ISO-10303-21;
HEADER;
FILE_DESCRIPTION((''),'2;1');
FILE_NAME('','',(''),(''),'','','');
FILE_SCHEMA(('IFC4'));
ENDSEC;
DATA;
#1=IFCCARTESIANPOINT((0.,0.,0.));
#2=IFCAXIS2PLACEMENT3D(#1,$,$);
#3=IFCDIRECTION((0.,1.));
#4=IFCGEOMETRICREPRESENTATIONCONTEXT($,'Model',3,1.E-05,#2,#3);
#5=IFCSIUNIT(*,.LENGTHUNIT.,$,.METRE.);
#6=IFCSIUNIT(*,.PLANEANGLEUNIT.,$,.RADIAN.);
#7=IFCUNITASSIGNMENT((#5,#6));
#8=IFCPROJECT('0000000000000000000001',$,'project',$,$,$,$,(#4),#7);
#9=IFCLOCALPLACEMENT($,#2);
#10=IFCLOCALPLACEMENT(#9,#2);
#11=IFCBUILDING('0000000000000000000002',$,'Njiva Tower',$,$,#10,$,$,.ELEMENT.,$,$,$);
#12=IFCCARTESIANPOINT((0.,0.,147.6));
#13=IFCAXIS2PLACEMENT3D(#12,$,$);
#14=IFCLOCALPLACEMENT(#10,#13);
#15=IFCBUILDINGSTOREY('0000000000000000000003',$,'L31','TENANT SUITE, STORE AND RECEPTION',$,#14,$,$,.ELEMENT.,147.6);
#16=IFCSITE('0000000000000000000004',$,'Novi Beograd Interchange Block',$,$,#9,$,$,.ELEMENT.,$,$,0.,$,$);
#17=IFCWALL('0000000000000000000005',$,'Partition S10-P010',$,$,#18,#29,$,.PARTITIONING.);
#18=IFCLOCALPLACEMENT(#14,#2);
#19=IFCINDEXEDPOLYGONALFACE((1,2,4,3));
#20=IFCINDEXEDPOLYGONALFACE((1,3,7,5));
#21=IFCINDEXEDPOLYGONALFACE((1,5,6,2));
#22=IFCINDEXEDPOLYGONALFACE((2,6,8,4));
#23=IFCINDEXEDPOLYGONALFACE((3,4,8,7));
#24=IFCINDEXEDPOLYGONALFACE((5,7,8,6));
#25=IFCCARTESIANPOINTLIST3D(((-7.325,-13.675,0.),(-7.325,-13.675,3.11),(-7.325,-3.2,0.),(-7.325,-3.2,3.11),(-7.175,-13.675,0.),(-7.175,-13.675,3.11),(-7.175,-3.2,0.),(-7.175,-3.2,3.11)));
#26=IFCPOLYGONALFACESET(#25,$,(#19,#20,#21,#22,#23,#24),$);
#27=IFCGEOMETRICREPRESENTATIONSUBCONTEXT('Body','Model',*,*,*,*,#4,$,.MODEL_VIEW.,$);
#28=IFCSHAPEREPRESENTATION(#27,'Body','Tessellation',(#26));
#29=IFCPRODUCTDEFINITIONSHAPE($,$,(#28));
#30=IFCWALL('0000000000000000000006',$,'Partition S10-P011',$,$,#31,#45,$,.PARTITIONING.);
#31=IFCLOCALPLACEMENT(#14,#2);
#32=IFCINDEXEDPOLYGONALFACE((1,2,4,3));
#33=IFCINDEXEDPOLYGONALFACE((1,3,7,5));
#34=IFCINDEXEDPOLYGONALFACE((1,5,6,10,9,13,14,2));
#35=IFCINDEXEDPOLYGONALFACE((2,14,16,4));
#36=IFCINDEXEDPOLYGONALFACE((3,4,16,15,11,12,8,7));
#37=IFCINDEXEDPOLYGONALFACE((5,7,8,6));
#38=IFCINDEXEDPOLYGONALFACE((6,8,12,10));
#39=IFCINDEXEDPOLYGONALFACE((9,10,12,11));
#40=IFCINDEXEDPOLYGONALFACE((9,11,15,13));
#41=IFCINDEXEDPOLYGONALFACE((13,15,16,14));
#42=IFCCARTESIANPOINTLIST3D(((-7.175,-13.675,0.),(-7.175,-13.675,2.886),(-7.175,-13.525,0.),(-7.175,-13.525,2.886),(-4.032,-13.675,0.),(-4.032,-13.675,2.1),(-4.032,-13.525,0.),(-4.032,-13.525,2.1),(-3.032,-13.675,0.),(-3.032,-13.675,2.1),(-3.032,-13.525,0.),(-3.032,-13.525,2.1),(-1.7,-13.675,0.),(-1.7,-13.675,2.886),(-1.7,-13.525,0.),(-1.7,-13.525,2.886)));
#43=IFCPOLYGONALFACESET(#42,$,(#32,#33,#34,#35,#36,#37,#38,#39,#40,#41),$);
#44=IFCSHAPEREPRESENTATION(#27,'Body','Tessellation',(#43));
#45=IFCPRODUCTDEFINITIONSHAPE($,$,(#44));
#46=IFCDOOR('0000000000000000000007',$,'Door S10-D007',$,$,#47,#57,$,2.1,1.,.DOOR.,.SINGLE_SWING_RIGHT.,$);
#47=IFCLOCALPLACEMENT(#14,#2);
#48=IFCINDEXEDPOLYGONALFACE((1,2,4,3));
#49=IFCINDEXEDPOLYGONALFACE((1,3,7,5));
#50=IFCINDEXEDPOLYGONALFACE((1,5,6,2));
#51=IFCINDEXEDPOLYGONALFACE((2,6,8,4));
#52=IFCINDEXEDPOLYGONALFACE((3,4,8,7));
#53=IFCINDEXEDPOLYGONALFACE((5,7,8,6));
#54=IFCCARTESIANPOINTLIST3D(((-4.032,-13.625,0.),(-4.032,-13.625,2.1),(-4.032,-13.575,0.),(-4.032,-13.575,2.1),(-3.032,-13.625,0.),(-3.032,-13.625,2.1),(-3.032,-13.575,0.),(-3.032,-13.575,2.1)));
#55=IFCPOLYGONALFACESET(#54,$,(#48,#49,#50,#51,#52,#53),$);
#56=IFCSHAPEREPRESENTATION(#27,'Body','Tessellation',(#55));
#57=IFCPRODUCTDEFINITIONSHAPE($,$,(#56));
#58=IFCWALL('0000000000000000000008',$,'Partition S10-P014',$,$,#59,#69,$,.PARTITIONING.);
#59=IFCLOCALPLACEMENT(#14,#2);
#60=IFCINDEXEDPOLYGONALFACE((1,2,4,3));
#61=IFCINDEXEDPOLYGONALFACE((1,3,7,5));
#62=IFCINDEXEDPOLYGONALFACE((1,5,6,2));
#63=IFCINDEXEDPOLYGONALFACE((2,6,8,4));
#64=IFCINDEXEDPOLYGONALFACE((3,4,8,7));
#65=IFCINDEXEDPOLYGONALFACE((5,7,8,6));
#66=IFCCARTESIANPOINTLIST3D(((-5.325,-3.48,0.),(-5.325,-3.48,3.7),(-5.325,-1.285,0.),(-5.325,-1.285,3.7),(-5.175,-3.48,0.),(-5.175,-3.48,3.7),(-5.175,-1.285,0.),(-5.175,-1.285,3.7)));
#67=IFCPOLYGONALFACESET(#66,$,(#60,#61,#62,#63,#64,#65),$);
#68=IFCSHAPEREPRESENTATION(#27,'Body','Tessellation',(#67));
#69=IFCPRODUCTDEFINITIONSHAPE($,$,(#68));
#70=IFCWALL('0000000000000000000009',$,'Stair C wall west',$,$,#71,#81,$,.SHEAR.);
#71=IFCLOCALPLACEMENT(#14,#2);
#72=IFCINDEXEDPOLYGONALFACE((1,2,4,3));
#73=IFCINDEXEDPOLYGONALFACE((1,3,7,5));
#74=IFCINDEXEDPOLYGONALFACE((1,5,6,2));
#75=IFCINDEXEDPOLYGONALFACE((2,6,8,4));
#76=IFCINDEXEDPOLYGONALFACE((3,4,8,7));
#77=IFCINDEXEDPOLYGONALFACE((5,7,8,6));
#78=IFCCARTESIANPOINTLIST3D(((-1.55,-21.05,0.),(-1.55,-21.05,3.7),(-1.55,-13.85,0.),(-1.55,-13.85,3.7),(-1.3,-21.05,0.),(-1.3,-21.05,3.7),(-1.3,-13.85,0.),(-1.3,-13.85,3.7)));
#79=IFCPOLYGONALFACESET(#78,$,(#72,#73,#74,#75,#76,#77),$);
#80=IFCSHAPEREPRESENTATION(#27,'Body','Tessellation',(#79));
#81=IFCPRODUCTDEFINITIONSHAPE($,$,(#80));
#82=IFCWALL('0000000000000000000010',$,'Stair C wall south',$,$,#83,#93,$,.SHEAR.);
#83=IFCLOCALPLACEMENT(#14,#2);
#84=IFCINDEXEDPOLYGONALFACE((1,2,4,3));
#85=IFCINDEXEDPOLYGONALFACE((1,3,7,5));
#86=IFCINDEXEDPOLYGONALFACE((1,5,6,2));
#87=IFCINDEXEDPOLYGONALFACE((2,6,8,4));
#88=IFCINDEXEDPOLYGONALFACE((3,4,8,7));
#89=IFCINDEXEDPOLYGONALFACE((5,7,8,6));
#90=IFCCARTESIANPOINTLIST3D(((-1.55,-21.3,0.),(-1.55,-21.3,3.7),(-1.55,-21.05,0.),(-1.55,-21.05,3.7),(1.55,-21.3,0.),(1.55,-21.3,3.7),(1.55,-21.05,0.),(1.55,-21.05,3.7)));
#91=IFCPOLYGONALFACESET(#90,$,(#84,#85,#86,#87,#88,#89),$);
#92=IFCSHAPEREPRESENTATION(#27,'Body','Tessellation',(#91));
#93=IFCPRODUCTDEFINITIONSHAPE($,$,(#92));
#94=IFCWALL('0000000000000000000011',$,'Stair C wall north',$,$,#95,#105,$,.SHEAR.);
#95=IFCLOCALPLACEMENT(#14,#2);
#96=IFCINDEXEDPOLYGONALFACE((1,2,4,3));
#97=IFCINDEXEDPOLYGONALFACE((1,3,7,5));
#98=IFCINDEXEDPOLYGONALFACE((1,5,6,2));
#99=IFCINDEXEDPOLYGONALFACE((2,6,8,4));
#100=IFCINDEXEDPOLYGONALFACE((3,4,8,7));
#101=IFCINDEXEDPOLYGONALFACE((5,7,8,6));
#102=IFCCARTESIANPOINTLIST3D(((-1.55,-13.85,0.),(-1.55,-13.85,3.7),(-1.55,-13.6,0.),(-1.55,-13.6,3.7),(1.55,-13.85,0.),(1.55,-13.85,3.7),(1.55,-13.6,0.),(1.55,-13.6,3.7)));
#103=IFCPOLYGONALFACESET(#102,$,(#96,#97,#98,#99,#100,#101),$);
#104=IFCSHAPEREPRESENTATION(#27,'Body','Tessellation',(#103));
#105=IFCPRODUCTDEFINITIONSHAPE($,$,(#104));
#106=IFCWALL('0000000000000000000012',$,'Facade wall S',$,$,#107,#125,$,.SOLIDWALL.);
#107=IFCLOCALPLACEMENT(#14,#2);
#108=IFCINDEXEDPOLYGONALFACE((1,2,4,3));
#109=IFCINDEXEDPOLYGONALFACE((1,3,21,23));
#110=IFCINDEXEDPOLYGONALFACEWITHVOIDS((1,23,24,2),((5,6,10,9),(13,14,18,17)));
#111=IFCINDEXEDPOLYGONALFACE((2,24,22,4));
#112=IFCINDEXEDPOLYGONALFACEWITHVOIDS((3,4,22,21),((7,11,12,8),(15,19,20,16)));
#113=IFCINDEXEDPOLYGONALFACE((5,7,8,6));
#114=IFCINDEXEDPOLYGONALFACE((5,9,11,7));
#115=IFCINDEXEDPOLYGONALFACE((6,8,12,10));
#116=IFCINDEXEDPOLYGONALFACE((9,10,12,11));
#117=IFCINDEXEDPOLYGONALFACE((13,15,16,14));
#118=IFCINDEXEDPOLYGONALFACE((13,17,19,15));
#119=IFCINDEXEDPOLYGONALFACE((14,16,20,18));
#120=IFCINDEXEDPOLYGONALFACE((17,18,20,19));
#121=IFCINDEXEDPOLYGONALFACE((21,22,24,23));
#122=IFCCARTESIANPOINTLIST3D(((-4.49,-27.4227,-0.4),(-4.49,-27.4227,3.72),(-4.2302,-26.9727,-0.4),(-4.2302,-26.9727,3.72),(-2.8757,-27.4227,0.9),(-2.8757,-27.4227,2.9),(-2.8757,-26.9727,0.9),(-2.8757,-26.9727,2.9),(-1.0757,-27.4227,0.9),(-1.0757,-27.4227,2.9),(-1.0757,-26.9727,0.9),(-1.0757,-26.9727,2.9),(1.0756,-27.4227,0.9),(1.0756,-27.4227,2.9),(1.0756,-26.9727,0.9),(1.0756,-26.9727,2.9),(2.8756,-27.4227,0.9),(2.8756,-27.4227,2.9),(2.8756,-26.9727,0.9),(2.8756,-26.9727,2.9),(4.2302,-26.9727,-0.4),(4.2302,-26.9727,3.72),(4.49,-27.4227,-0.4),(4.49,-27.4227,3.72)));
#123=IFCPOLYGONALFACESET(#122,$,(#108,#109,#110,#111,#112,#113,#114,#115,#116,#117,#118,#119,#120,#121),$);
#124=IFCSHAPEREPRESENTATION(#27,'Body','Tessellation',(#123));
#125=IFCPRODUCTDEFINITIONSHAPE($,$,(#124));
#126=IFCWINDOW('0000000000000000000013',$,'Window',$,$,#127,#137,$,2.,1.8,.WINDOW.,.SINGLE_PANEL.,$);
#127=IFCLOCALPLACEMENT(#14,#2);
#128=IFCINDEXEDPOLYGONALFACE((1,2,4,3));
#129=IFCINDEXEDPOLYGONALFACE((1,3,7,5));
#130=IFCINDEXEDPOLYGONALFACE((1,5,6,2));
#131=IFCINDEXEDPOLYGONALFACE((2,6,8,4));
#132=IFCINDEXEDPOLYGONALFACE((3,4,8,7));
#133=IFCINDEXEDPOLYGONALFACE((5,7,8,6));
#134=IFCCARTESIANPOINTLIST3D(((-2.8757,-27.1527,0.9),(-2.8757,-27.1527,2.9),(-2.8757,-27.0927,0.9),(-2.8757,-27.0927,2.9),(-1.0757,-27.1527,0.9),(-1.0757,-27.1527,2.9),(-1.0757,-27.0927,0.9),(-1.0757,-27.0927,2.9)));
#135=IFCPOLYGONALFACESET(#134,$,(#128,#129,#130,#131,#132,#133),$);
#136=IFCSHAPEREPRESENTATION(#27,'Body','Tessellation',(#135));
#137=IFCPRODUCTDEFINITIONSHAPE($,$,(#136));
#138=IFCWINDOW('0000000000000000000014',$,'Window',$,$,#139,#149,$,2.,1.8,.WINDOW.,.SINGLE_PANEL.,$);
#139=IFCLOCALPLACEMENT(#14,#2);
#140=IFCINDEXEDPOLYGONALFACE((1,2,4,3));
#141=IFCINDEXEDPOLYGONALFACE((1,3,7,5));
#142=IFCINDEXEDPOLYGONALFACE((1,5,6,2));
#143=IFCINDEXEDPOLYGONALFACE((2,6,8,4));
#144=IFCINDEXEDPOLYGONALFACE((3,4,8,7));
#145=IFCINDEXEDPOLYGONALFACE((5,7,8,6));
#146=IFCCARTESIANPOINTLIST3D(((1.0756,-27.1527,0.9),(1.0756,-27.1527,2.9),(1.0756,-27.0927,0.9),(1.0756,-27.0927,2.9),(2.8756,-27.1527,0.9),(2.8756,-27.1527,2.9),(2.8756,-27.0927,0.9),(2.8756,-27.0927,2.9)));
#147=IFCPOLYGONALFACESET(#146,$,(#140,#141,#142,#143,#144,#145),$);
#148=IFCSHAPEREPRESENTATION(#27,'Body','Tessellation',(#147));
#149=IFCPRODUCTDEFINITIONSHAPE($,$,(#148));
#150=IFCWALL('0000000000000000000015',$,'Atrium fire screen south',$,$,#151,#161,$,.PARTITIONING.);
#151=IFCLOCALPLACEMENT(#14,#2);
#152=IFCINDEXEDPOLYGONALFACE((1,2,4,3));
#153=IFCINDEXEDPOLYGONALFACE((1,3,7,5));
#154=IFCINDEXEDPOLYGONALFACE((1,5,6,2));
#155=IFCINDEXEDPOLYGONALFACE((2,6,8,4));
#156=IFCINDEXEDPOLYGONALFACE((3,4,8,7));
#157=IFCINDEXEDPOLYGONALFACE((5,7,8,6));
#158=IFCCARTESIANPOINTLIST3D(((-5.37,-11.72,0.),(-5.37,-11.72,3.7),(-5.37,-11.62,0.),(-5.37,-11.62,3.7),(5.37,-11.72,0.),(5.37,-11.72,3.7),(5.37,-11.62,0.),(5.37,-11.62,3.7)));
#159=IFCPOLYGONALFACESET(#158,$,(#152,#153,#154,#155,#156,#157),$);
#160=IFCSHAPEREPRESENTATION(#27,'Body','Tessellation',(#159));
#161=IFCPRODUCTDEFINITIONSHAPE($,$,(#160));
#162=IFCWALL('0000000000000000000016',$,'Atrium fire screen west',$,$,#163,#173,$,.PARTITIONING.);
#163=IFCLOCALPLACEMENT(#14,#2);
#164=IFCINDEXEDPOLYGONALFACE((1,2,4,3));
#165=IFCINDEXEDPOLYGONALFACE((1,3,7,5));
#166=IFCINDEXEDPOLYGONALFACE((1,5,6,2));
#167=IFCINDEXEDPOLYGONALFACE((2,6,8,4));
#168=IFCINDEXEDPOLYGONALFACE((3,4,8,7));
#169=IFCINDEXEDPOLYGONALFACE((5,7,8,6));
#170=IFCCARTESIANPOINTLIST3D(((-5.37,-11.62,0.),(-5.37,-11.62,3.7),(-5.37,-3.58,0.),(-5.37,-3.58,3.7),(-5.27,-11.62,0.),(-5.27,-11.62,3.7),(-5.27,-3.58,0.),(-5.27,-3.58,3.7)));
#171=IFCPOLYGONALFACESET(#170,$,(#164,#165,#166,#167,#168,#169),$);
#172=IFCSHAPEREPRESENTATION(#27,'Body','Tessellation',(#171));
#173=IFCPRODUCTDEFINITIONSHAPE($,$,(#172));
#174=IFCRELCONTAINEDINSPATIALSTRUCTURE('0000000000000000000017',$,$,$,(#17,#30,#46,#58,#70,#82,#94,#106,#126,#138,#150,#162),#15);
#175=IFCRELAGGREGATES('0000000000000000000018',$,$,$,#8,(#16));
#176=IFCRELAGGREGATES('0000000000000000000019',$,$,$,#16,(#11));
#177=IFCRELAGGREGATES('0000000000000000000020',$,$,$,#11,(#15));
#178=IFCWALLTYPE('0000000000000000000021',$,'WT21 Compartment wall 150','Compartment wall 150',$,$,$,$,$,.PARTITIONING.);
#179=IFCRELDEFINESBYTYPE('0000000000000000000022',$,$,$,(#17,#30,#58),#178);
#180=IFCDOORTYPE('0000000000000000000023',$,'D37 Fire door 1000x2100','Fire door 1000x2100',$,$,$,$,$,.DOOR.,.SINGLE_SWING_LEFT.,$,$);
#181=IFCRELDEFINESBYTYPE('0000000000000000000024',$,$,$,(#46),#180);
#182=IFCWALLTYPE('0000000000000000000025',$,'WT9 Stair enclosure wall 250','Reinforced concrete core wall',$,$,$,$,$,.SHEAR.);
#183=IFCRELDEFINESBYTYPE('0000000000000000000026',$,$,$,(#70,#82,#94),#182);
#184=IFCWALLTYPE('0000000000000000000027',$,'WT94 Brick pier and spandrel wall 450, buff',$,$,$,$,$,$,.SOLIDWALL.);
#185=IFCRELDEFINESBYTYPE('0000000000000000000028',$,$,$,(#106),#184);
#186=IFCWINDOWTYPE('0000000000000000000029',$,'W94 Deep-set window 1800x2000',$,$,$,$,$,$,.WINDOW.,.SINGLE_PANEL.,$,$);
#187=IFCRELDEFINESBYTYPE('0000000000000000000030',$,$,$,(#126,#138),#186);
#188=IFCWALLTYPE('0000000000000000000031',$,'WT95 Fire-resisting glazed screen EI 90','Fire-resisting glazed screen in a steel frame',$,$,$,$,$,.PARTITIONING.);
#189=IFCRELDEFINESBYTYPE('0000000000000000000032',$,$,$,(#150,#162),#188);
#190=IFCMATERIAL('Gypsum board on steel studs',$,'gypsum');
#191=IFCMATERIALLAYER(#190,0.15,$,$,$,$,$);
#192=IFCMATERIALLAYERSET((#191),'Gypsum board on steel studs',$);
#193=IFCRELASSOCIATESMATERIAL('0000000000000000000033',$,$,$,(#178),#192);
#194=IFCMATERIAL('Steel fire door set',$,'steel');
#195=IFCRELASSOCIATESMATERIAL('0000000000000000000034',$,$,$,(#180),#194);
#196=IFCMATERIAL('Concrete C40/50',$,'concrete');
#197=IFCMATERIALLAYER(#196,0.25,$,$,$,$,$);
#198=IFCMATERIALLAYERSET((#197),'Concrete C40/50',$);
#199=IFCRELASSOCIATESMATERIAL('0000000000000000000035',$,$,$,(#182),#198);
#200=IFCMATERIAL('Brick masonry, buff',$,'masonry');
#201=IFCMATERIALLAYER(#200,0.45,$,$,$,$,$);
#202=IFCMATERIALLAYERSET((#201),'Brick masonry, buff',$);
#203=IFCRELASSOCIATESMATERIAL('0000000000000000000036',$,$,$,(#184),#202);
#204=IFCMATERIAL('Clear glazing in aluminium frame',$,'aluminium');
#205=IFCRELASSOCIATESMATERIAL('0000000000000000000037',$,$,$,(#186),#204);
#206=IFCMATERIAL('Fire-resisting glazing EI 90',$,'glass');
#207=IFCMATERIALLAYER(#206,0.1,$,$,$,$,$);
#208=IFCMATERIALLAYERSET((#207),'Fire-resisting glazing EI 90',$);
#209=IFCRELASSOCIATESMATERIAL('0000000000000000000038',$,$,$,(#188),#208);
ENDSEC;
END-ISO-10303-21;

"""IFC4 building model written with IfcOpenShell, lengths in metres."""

from ifc_helpers import new_model, si_unit, direction, frame, frame_2d, origin, place, context, subcontext, project, spatial, polyline, rectangle, outline, extrude, material, layer, layer_set, type_object, element, fill, save


model = new_model("IFC4")

# Units and contexts
model_context = context("Model", 3, precision=1e-05, world=origin(), true_north=direction((0.0, 1.0)))
body_context = subcontext(model_context, "Body", "Model", "MODEL_VIEW")
ifc_project = project(units=[si_unit("LENGTHUNIT", "METRE"), si_unit("PLANEANGLEUNIT", "RADIAN")], contexts=[model_context])

# Site, building, storey
site_placement = place(None, origin())
site = spatial("IfcSite", under=ifc_project, at=site_placement, Name="Novi Beograd Interchange Block", CompositionType="ELEMENT", RefElevation=0.0)
building_placement = place(site_placement, origin())
building = spatial("IfcBuilding", under=site, at=building_placement, Name="Njiva Tower", CompositionType="ELEMENT")
storey_placement = place(building_placement, frame((0.0, 0.0, 147.6)))
storey = spatial("IfcBuildingStorey", under=building, at=storey_placement, Name="L31", Description="TENANT SUITE, STORE AND RECEPTION", CompositionType="ELEMENT", Elevation=147.6)

# Wall
ifc_material_1 = material(Name="Gypsum board on steel studs", Category="gypsum")
ifc_layer_1 = layer(ifc_material_1, 0.15)
ifc_layer_set_1 = layer_set([ifc_layer_1], Name="Gypsum board on steel studs")
wall_type_1 = type_object("IfcWallType", Name="WT21 Compartment wall 150", Description="Compartment wall 150", PredefinedType="PARTITIONING", material=ifc_layer_set_1)
wall_1_placement = place(storey_placement, frame((-7.25, -13.675, 0.0), z_axis=(0.0, 0.0, 1.0), x_axis=(0.0, 1.0, 0.0)))
element("IfcWall", 1, at=wall_1_placement, inside=storey, type_object=wall_type_1, Name="Partition S10-P010", PredefinedType="PARTITIONING", context=body_context, shape_type="SweptSolid", body=[
    extrude(rectangle(XDim=10.475, YDim=0.15, at=frame_2d((5.2375, 0.0))), origin(), (0.0, 0.0, 1.0), 3.11),
])

# Wall, opening, door
wall_2_placement = place(storey_placement, frame((-7.175, -13.6, 0.0), z_axis=(0.0, 0.0, 1.0), x_axis=(1.0, 0.0, 0.0)))
wall_2 = element("IfcWall", 2, at=wall_2_placement, inside=storey, type_object=wall_type_1, Name="Partition S10-P011", PredefinedType="PARTITIONING", context=body_context, shape_type="SweptSolid", body=[
    extrude(rectangle(XDim=5.475, YDim=0.15, at=frame_2d((2.7375, 0.0))), origin(), (0.0, 0.0, 1.0), 2.886),
])
opening_1_placement = place(wall_2_placement, frame((3.143, 0.0, 0.0)))
opening_1 = element("IfcOpeningElement", 3, at=opening_1_placement, cuts=wall_2, PredefinedType="OPENING", context=body_context, shape_type="SweptSolid", body=[
    extrude(rectangle(XDim=1.0, YDim=2.1, at=frame_2d((0.5, 1.05))), frame((0.0, 0.085, 0.0), z_axis=(0.0, -1.0, 0.0), x_axis=(1.0, 0.0, 0.0)), (0.0, 0.0, 1.0), 0.17),
])
ifc_material_2 = material(Name="Steel fire door set", Category="steel")
door_type = type_object("IfcDoorType", Name="D37 Fire door 1000x2100", Description="Fire door 1000x2100", OperationType="SINGLE_SWING_LEFT", PredefinedType="DOOR", material=ifc_material_2)
door_placement = place(opening_1_placement, origin())
door = element("IfcDoor", 4, at=door_placement, inside=storey, type_object=door_type, Name="Door S10-D007", OperationType="SINGLE_SWING_RIGHT", OverallHeight=2.1, OverallWidth=1.0, PredefinedType="DOOR", context=body_context, shape_type="SweptSolid", body=[
    extrude(rectangle(XDim=1.0, YDim=2.1, at=frame_2d((0.5, 1.05))), frame((0.0, 0.025, 0.0), z_axis=(0.0, -1.0, 0.0), x_axis=(1.0, 0.0, 0.0)), (0.0, 0.0, 1.0), 0.05),
])
fill(opening_1, door)

# Walls
wall_3_placement = place(storey_placement, frame((-5.25, -3.48, 0.0), z_axis=(0.0, 0.0, 1.0), x_axis=(0.0, 1.0, 0.0)))
element("IfcWall", 5, at=wall_3_placement, inside=storey, type_object=wall_type_1, Name="Partition S10-P014", PredefinedType="PARTITIONING", context=body_context, shape_type="SweptSolid", body=[
    extrude(rectangle(XDim=2.195, YDim=0.15, at=frame_2d((1.0975, 0.0))), origin(), (0.0, 0.0, 1.0), 3.7),
])
ifc_material_3 = material(Name="Concrete C40/50", Category="concrete")
ifc_layer_2 = layer(ifc_material_3, 0.25)
ifc_layer_set_2 = layer_set([ifc_layer_2], Name="Concrete C40/50")
wall_type_2 = type_object("IfcWallType", Name="WT9 Stair enclosure wall 250", Description="Reinforced concrete core wall", PredefinedType="SHEAR", material=ifc_layer_set_2)
wall_4_placement = place(storey_placement, frame((-1.425, -21.05, 0.0), z_axis=(0.0, 0.0, 1.0), x_axis=(0.0, 1.0, 0.0)))
element("IfcWall", 6, at=wall_4_placement, inside=storey, type_object=wall_type_2, Name="Stair C wall west", PredefinedType="SHEAR", context=body_context, shape_type="SweptSolid", body=[
    extrude(rectangle(XDim=7.2, YDim=0.25, at=frame_2d((3.6, 0.0))), origin(), (0.0, 0.0, 1.0), 3.7),
])
for number, where, z_axis, x_axis, name in (
    (7, (-1.55, -21.175, 0.0), (0.0, 0.0, 1.0), (1.0, 0.0, 0.0), "Stair C wall south"),
    (8, (-1.55, -13.725, 0.0), (0.0, 0.0, 1.0), (1.0, 0.0, 0.0), "Stair C wall north"),
):
    element("IfcWall", number, at=place(storey_placement, frame(where, z_axis=z_axis, x_axis=x_axis)), inside=storey, type_object=wall_type_2, Name=name, PredefinedType="SHEAR", context=body_context, shape_type="SweptSolid", body=[
        extrude(rectangle(XDim=3.1, YDim=0.25, at=frame_2d((1.55, 0.0))), origin(), (0.0, 0.0, 1.0), 3.7),
    ])

# Wall, openings, windows
ifc_material_4 = material(Name="Brick masonry, buff", Category="masonry")
ifc_layer_3 = layer(ifc_material_4, 0.45)
ifc_layer_set_3 = layer_set([ifc_layer_3], Name="Brick masonry, buff")
wall_type_3 = type_object("IfcWallType", Name="WT94 Brick pier and spandrel wall 450, buff", PredefinedType="SOLIDWALL", material=ifc_layer_set_3)
wall_5_placement = place(storey_placement, frame((-4.3601, -27.1977, -0.4), z_axis=(0.0, 0.0, 1.0), x_axis=(1.0, 0.0, 0.0)))
wall_5 = element("IfcWall", 9, at=wall_5_placement, inside=storey, type_object=wall_type_3, Name="Facade wall S", PredefinedType="SOLIDWALL", context=body_context, shape_type="SweptSolid", body=[
    extrude(outline(polyline([(-0.1299, -0.225), (8.8501, -0.225), (8.5903, 0.225), (0.1299, 0.225), (-0.1299, -0.225)])), origin(), (0.0, 0.0, 1.0), 4.12),
])
opening_2_placement = place(wall_5_placement, frame((1.4844, 0.0, 1.3)))
opening_2 = element("IfcOpeningElement", 10, at=opening_2_placement, cuts=wall_5, PredefinedType="OPENING", context=body_context, shape_type="SweptSolid", body=[
    extrude(rectangle(XDim=1.8, YDim=2.0, at=frame_2d((0.9, 1.0))), frame((0.0, 0.235, 0.0), z_axis=(0.0, -1.0, 0.0), x_axis=(1.0, 0.0, 0.0)), (0.0, 0.0, 1.0), 0.47),
])
opening_3_placement = place(wall_5_placement, frame((5.4357, 0.0, 1.3)))
opening_3 = element("IfcOpeningElement", 11, at=opening_3_placement, cuts=wall_5, PredefinedType="OPENING", context=body_context, shape_type="SweptSolid", body=[
    extrude(rectangle(XDim=1.8, YDim=2.0, at=frame_2d((0.9, 1.0))), frame((0.0, 0.235, 0.0), z_axis=(0.0, -1.0, 0.0), x_axis=(1.0, 0.0, 0.0)), (0.0, 0.0, 1.0), 0.47),
])
ifc_material_5 = material(Name="Clear glazing in aluminium frame", Category="aluminium")
window_type = type_object("IfcWindowType", Name="W94 Deep-set window 1800x2000", PartitioningType="SINGLE_PANEL", PredefinedType="WINDOW", material=ifc_material_5)
window_1_placement = place(opening_2_placement, origin())
window_1 = element("IfcWindow", 12, at=window_1_placement, inside=storey, type_object=window_type, Name="Window", OverallHeight=2.0, OverallWidth=1.8, PartitioningType="SINGLE_PANEL", PredefinedType="WINDOW", context=body_context, shape_type="SweptSolid", body=[
    extrude(rectangle(XDim=1.8, YDim=2.0, at=frame_2d((0.9, 1.0))), frame((0.0, 0.105, 0.0), z_axis=(0.0, -1.0, 0.0), x_axis=(1.0, 0.0, 0.0)), (0.0, 0.0, 1.0), 0.06),
])
fill(opening_2, window_1)
window_2_placement = place(opening_3_placement, origin())
window_2 = element("IfcWindow", 13, at=window_2_placement, inside=storey, type_object=window_type, Name="Window", OverallHeight=2.0, OverallWidth=1.8, PartitioningType="SINGLE_PANEL", PredefinedType="WINDOW", context=body_context, shape_type="SweptSolid", body=[
    extrude(rectangle(XDim=1.8, YDim=2.0, at=frame_2d((0.9, 1.0))), frame((0.0, 0.105, 0.0), z_axis=(0.0, -1.0, 0.0), x_axis=(1.0, 0.0, 0.0)), (0.0, 0.0, 1.0), 0.06),
])
fill(opening_3, window_2)

# Walls
ifc_material_6 = material(Name="Fire-resisting glazing EI 90", Category="glass")
ifc_layer_4 = layer(ifc_material_6, 0.1)
ifc_layer_set_4 = layer_set([ifc_layer_4], Name="Fire-resisting glazing EI 90")
wall_type_4 = type_object("IfcWallType", Name="WT95 Fire-resisting glazed screen EI 90", Description="Fire-resisting glazed screen in a steel frame", PredefinedType="PARTITIONING", material=ifc_layer_set_4)
wall_6_placement = place(storey_placement, frame((-5.37, -11.67, 0.0), z_axis=(0.0, 0.0, 1.0), x_axis=(1.0, 0.0, 0.0)))
element("IfcWall", 14, at=wall_6_placement, inside=storey, type_object=wall_type_4, Name="Atrium fire screen south", PredefinedType="PARTITIONING", context=body_context, shape_type="SweptSolid", body=[
    extrude(rectangle(XDim=10.74, YDim=0.1, at=frame_2d((5.37, 0.0))), origin(), (0.0, 0.0, 1.0), 3.7),
])
wall_7_placement = place(storey_placement, frame((-5.32, -3.58, 0.0), z_axis=(0.0, 0.0, 1.0), x_axis=(0.0, -1.0, 0.0)))
element("IfcWall", 15, at=wall_7_placement, inside=storey, type_object=wall_type_4, Name="Atrium fire screen west", PredefinedType="PARTITIONING", context=body_context, shape_type="SweptSolid", body=[
    extrude(rectangle(XDim=8.04, YDim=0.1, at=frame_2d((4.02, 0.0))), origin(), (0.0, 0.0, 1.0), 3.7),
])

save(model, "model.ifc")
